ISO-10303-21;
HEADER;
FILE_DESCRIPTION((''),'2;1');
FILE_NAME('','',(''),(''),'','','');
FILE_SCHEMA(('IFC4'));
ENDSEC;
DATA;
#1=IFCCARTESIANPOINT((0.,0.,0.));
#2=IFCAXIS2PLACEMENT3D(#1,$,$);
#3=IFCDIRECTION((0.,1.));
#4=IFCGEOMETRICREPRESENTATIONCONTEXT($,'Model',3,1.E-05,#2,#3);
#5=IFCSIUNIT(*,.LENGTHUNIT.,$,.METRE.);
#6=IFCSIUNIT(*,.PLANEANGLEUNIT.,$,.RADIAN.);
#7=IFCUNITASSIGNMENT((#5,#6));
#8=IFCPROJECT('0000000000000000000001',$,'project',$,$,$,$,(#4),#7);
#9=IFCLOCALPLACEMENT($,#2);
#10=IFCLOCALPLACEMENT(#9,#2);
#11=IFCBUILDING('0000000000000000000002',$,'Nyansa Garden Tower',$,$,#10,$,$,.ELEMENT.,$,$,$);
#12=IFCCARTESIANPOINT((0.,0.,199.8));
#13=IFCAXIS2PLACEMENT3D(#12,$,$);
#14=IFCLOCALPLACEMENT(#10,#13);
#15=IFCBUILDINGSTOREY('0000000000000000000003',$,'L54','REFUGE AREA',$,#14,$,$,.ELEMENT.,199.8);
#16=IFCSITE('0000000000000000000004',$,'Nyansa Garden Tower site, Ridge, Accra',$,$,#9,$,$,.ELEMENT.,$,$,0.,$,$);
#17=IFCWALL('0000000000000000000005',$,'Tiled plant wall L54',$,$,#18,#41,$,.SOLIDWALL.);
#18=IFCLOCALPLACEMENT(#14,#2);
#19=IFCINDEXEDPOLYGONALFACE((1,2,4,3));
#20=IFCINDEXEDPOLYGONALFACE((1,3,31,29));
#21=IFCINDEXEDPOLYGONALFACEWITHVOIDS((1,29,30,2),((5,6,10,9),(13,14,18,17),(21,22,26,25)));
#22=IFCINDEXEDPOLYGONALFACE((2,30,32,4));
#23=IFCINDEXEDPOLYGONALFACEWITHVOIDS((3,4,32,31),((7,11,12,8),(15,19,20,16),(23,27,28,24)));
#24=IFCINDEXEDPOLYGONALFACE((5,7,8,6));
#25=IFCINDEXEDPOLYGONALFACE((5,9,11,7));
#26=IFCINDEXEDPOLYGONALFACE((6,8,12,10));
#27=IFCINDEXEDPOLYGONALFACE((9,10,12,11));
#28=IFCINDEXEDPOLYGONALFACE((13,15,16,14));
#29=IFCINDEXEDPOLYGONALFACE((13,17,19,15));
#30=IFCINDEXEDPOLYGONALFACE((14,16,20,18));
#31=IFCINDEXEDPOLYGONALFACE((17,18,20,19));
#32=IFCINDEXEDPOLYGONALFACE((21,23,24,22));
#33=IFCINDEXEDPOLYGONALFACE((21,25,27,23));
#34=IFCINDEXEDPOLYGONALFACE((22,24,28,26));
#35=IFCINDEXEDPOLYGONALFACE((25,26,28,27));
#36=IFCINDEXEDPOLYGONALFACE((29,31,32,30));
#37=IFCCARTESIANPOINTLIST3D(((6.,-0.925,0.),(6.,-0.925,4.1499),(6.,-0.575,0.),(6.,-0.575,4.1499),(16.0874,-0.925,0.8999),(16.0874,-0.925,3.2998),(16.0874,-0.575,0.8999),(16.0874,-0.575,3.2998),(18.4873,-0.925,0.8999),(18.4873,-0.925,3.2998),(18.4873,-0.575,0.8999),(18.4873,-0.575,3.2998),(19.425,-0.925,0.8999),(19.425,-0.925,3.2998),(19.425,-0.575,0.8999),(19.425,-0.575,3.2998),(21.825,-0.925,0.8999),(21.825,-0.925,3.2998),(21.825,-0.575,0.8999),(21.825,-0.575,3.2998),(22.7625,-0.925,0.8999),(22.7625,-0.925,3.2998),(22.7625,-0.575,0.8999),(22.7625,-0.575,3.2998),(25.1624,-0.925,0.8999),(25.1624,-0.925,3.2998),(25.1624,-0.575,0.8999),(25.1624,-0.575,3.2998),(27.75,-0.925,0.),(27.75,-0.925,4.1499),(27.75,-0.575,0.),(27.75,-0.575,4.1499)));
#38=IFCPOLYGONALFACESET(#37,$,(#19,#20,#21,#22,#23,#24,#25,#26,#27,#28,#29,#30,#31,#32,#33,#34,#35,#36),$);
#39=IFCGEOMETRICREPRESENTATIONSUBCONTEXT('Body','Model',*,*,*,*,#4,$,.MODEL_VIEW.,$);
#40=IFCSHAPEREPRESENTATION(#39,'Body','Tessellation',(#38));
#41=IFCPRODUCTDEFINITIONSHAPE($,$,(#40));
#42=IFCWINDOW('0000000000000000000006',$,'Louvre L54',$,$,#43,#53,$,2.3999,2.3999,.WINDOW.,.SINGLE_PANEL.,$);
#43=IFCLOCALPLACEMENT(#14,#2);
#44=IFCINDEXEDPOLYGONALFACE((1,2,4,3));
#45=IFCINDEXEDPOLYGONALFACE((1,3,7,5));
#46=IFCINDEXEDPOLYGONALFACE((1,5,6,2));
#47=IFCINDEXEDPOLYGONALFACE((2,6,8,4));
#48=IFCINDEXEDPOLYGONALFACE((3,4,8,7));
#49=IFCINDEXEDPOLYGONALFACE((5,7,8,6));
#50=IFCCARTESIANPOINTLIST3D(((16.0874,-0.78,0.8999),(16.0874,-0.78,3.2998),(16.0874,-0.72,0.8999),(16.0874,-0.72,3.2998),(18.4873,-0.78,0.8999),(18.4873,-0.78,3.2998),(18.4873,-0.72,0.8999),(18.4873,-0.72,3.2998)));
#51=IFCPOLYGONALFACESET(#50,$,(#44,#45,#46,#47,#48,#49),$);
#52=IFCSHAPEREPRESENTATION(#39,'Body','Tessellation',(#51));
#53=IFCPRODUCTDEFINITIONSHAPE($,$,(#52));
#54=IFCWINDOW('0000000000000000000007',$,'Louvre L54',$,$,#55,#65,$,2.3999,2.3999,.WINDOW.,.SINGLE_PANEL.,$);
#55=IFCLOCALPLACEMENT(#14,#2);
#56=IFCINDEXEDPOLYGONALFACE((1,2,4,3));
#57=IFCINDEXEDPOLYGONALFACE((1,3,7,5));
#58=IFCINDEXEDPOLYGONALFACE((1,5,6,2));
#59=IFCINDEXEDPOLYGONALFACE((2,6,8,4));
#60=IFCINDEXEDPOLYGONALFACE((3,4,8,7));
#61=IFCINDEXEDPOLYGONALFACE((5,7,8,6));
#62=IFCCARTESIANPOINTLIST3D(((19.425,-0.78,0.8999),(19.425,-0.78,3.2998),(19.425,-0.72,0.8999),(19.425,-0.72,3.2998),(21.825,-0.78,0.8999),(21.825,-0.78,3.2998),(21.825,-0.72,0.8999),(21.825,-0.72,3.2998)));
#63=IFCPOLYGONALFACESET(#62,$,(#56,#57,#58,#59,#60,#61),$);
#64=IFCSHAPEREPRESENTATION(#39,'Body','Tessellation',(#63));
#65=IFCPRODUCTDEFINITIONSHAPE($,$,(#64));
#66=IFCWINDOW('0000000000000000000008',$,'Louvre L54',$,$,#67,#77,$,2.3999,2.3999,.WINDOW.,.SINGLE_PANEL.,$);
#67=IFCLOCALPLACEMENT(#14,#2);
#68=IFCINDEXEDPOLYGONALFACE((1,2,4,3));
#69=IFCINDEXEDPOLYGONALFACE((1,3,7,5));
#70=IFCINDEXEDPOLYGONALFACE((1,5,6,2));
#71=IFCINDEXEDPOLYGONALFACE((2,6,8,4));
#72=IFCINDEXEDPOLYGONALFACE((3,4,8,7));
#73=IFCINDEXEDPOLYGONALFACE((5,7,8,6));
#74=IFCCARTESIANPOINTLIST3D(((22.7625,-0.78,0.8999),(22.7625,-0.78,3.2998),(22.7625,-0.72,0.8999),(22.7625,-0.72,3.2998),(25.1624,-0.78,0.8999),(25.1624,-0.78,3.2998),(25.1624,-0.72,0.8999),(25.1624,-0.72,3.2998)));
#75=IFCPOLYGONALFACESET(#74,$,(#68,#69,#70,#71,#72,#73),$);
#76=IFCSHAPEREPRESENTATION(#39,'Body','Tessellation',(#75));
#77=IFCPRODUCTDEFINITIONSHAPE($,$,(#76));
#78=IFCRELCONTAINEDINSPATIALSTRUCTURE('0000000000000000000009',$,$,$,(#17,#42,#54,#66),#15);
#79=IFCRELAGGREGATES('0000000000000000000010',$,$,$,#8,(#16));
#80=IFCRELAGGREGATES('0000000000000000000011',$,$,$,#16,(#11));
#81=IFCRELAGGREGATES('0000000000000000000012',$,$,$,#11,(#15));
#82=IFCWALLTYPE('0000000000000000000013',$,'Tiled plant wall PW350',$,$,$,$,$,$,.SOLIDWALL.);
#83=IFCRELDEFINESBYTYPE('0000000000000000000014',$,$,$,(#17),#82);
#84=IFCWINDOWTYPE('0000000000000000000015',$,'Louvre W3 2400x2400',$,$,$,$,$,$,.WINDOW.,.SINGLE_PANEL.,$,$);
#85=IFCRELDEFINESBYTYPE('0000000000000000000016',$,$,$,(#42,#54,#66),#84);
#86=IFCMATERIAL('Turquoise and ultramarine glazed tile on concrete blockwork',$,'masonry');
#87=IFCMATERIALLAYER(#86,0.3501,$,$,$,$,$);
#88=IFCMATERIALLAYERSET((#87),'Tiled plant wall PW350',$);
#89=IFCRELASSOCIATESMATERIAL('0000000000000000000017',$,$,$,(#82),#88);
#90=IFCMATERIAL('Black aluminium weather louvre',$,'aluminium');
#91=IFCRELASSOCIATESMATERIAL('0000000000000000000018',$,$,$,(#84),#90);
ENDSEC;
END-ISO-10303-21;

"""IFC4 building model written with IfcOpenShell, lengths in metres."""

from ifc_helpers import new_model, si_unit, direction, frame, frame_2d, origin, place, context, subcontext, project, spatial, rectangle, extrude, material, layer, layer_set, type_object, element, fill, save


model = new_model("IFC4")

# Units and contexts
model_context = context("Model", 3, precision=1e-05, world=origin(), true_north=direction((0.0, 1.0)))
body_context = subcontext(model_context, "Body", "Model", "MODEL_VIEW")
ifc_project = project(units=[si_unit("LENGTHUNIT", "METRE"), si_unit("PLANEANGLEUNIT", "RADIAN")], contexts=[model_context])

# Site, building, storey
site_placement = place(None, origin())
site = spatial("IfcSite", under=ifc_project, at=site_placement, Name="Nyansa Garden Tower site, Ridge, Accra", CompositionType="ELEMENT", RefElevation=0.0)
building_placement = place(site_placement, origin())
building = spatial("IfcBuilding", under=site, at=building_placement, Name="Nyansa Garden Tower", CompositionType="ELEMENT")
storey_placement = place(building_placement, frame((0.0, 0.0, 199.8)))
storey = spatial("IfcBuildingStorey", under=building, at=storey_placement, Name="L54", Description="REFUGE AREA", CompositionType="ELEMENT", Elevation=199.8)

# Shared definitions
ifc_material_1 = material(Name="Turquoise and ultramarine glazed tile on concrete blockwork", Category="masonry")
ifc_layer_1 = layer(ifc_material_1, 0.3501)
ifc_layer_set_1 = layer_set([ifc_layer_1], Name="Tiled plant wall PW350")
wall_type = type_object("IfcWallType", Name="Tiled plant wall PW350", PredefinedType="SOLIDWALL", material=ifc_layer_set_1)

# Wall, openings, windows
wall_placement = place(storey_placement, frame((6.0, -0.75, 0.0), z_axis=(0.0, 0.0, 1.0), x_axis=(1.0, 0.0, 0.0)))
wall = element("IfcWall", 1, at=wall_placement, inside=storey, type_object=wall_type, Name="Tiled plant wall L54", PredefinedType="SOLIDWALL", context=body_context, shape_type="SweptSolid", body=[
    extrude(rectangle(XDim=21.75, YDim=0.3501, at=frame_2d((10.875, 0.0))), origin(), (0.0, 0.0, 1.0), 4.1499),
])
opening_1_placement = place(wall_placement, frame((10.0874, 0.0, 0.8999)))
opening_1 = element("IfcOpeningElement", 2, at=opening_1_placement, cuts=wall, PredefinedType="OPENING", context=body_context, shape_type="SweptSolid", body=[
    extrude(rectangle(XDim=2.3999, YDim=2.3999, at=frame_2d((1.2, 1.2))), frame((0.0, 0.1851, 0.0), z_axis=(0.0, -1.0, 0.0), x_axis=(1.0, 0.0, 0.0)), (0.0, 0.0, 1.0), 0.3701),
])
opening_2_placement = place(wall_placement, frame((13.425, 0.0, 0.8999)))
opening_2 = element("IfcOpeningElement", 3, at=opening_2_placement, cuts=wall, PredefinedType="OPENING", context=body_context, shape_type="SweptSolid", body=[
    extrude(rectangle(XDim=2.3999, YDim=2.3999, at=frame_2d((1.2, 1.2))), frame((0.0, 0.1851, 0.0), z_axis=(0.0, -1.0, 0.0), x_axis=(1.0, 0.0, 0.0)), (0.0, 0.0, 1.0), 0.3701),
])
opening_3_placement = place(wall_placement, frame((16.7625, 0.0, 0.8999)))
opening_3 = element("IfcOpeningElement", 4, at=opening_3_placement, cuts=wall, PredefinedType="OPENING", context=body_context, shape_type="SweptSolid", body=[
    extrude(rectangle(XDim=2.3999, YDim=2.3999, at=frame_2d((1.2, 1.2))), frame((0.0, 0.1851, 0.0), z_axis=(0.0, -1.0, 0.0), x_axis=(1.0, 0.0, 0.0)), (0.0, 0.0, 1.0), 0.3701),
])
ifc_material_2 = material(Name="Black aluminium weather louvre", Category="aluminium")
window_type = type_object("IfcWindowType", Name="Louvre W3 2400x2400", PartitioningType="SINGLE_PANEL", PredefinedType="WINDOW", material=ifc_material_2)
window_1_placement = place(opening_1_placement, origin())
window_1 = element("IfcWindow", 5, at=window_1_placement, inside=storey, type_object=window_type, Name="Louvre L54", OverallHeight=2.3999, OverallWidth=2.3999, PartitioningType="SINGLE_PANEL", PredefinedType="WINDOW", context=body_context, shape_type="SweptSolid", body=[
    extrude(rectangle(XDim=2.3999, YDim=2.3999, at=frame_2d((1.2, 1.2))), frame((0.0, 0.03, 0.0), z_axis=(0.0, -1.0, 0.0), x_axis=(1.0, 0.0, 0.0)), (0.0, 0.0, 1.0), 0.0601),
])
fill(opening_1, window_1)
window_2_placement = place(opening_2_placement, origin())
window_2 = element("IfcWindow", 6, at=window_2_placement, inside=storey, type_object=window_type, Name="Louvre L54", OverallHeight=2.3999, OverallWidth=2.3999, PartitioningType="SINGLE_PANEL", PredefinedType="WINDOW", context=body_context, shape_type="SweptSolid", body=[
    extrude(rectangle(XDim=2.3999, YDim=2.3999, at=frame_2d((1.2, 1.2))), frame((0.0, 0.03, 0.0), z_axis=(0.0, -1.0, 0.0), x_axis=(1.0, 0.0, 0.0)), (0.0, 0.0, 1.0), 0.0601),
])
fill(opening_2, window_2)
window_3_placement = place(opening_3_placement, origin())
window_3 = element("IfcWindow", 7, at=window_3_placement, inside=storey, type_object=window_type, Name="Louvre L54", OverallHeight=2.3999, OverallWidth=2.3999, PartitioningType="SINGLE_PANEL", PredefinedType="WINDOW", context=body_context, shape_type="SweptSolid", body=[
    extrude(rectangle(XDim=2.3999, YDim=2.3999, at=frame_2d((1.2, 1.2))), frame((0.0, 0.03, 0.0), z_axis=(0.0, -1.0, 0.0), x_axis=(1.0, 0.0, 0.0)), (0.0, 0.0, 1.0), 0.0601),
])
fill(opening_3, window_3)

save(model, "model.ifc")
